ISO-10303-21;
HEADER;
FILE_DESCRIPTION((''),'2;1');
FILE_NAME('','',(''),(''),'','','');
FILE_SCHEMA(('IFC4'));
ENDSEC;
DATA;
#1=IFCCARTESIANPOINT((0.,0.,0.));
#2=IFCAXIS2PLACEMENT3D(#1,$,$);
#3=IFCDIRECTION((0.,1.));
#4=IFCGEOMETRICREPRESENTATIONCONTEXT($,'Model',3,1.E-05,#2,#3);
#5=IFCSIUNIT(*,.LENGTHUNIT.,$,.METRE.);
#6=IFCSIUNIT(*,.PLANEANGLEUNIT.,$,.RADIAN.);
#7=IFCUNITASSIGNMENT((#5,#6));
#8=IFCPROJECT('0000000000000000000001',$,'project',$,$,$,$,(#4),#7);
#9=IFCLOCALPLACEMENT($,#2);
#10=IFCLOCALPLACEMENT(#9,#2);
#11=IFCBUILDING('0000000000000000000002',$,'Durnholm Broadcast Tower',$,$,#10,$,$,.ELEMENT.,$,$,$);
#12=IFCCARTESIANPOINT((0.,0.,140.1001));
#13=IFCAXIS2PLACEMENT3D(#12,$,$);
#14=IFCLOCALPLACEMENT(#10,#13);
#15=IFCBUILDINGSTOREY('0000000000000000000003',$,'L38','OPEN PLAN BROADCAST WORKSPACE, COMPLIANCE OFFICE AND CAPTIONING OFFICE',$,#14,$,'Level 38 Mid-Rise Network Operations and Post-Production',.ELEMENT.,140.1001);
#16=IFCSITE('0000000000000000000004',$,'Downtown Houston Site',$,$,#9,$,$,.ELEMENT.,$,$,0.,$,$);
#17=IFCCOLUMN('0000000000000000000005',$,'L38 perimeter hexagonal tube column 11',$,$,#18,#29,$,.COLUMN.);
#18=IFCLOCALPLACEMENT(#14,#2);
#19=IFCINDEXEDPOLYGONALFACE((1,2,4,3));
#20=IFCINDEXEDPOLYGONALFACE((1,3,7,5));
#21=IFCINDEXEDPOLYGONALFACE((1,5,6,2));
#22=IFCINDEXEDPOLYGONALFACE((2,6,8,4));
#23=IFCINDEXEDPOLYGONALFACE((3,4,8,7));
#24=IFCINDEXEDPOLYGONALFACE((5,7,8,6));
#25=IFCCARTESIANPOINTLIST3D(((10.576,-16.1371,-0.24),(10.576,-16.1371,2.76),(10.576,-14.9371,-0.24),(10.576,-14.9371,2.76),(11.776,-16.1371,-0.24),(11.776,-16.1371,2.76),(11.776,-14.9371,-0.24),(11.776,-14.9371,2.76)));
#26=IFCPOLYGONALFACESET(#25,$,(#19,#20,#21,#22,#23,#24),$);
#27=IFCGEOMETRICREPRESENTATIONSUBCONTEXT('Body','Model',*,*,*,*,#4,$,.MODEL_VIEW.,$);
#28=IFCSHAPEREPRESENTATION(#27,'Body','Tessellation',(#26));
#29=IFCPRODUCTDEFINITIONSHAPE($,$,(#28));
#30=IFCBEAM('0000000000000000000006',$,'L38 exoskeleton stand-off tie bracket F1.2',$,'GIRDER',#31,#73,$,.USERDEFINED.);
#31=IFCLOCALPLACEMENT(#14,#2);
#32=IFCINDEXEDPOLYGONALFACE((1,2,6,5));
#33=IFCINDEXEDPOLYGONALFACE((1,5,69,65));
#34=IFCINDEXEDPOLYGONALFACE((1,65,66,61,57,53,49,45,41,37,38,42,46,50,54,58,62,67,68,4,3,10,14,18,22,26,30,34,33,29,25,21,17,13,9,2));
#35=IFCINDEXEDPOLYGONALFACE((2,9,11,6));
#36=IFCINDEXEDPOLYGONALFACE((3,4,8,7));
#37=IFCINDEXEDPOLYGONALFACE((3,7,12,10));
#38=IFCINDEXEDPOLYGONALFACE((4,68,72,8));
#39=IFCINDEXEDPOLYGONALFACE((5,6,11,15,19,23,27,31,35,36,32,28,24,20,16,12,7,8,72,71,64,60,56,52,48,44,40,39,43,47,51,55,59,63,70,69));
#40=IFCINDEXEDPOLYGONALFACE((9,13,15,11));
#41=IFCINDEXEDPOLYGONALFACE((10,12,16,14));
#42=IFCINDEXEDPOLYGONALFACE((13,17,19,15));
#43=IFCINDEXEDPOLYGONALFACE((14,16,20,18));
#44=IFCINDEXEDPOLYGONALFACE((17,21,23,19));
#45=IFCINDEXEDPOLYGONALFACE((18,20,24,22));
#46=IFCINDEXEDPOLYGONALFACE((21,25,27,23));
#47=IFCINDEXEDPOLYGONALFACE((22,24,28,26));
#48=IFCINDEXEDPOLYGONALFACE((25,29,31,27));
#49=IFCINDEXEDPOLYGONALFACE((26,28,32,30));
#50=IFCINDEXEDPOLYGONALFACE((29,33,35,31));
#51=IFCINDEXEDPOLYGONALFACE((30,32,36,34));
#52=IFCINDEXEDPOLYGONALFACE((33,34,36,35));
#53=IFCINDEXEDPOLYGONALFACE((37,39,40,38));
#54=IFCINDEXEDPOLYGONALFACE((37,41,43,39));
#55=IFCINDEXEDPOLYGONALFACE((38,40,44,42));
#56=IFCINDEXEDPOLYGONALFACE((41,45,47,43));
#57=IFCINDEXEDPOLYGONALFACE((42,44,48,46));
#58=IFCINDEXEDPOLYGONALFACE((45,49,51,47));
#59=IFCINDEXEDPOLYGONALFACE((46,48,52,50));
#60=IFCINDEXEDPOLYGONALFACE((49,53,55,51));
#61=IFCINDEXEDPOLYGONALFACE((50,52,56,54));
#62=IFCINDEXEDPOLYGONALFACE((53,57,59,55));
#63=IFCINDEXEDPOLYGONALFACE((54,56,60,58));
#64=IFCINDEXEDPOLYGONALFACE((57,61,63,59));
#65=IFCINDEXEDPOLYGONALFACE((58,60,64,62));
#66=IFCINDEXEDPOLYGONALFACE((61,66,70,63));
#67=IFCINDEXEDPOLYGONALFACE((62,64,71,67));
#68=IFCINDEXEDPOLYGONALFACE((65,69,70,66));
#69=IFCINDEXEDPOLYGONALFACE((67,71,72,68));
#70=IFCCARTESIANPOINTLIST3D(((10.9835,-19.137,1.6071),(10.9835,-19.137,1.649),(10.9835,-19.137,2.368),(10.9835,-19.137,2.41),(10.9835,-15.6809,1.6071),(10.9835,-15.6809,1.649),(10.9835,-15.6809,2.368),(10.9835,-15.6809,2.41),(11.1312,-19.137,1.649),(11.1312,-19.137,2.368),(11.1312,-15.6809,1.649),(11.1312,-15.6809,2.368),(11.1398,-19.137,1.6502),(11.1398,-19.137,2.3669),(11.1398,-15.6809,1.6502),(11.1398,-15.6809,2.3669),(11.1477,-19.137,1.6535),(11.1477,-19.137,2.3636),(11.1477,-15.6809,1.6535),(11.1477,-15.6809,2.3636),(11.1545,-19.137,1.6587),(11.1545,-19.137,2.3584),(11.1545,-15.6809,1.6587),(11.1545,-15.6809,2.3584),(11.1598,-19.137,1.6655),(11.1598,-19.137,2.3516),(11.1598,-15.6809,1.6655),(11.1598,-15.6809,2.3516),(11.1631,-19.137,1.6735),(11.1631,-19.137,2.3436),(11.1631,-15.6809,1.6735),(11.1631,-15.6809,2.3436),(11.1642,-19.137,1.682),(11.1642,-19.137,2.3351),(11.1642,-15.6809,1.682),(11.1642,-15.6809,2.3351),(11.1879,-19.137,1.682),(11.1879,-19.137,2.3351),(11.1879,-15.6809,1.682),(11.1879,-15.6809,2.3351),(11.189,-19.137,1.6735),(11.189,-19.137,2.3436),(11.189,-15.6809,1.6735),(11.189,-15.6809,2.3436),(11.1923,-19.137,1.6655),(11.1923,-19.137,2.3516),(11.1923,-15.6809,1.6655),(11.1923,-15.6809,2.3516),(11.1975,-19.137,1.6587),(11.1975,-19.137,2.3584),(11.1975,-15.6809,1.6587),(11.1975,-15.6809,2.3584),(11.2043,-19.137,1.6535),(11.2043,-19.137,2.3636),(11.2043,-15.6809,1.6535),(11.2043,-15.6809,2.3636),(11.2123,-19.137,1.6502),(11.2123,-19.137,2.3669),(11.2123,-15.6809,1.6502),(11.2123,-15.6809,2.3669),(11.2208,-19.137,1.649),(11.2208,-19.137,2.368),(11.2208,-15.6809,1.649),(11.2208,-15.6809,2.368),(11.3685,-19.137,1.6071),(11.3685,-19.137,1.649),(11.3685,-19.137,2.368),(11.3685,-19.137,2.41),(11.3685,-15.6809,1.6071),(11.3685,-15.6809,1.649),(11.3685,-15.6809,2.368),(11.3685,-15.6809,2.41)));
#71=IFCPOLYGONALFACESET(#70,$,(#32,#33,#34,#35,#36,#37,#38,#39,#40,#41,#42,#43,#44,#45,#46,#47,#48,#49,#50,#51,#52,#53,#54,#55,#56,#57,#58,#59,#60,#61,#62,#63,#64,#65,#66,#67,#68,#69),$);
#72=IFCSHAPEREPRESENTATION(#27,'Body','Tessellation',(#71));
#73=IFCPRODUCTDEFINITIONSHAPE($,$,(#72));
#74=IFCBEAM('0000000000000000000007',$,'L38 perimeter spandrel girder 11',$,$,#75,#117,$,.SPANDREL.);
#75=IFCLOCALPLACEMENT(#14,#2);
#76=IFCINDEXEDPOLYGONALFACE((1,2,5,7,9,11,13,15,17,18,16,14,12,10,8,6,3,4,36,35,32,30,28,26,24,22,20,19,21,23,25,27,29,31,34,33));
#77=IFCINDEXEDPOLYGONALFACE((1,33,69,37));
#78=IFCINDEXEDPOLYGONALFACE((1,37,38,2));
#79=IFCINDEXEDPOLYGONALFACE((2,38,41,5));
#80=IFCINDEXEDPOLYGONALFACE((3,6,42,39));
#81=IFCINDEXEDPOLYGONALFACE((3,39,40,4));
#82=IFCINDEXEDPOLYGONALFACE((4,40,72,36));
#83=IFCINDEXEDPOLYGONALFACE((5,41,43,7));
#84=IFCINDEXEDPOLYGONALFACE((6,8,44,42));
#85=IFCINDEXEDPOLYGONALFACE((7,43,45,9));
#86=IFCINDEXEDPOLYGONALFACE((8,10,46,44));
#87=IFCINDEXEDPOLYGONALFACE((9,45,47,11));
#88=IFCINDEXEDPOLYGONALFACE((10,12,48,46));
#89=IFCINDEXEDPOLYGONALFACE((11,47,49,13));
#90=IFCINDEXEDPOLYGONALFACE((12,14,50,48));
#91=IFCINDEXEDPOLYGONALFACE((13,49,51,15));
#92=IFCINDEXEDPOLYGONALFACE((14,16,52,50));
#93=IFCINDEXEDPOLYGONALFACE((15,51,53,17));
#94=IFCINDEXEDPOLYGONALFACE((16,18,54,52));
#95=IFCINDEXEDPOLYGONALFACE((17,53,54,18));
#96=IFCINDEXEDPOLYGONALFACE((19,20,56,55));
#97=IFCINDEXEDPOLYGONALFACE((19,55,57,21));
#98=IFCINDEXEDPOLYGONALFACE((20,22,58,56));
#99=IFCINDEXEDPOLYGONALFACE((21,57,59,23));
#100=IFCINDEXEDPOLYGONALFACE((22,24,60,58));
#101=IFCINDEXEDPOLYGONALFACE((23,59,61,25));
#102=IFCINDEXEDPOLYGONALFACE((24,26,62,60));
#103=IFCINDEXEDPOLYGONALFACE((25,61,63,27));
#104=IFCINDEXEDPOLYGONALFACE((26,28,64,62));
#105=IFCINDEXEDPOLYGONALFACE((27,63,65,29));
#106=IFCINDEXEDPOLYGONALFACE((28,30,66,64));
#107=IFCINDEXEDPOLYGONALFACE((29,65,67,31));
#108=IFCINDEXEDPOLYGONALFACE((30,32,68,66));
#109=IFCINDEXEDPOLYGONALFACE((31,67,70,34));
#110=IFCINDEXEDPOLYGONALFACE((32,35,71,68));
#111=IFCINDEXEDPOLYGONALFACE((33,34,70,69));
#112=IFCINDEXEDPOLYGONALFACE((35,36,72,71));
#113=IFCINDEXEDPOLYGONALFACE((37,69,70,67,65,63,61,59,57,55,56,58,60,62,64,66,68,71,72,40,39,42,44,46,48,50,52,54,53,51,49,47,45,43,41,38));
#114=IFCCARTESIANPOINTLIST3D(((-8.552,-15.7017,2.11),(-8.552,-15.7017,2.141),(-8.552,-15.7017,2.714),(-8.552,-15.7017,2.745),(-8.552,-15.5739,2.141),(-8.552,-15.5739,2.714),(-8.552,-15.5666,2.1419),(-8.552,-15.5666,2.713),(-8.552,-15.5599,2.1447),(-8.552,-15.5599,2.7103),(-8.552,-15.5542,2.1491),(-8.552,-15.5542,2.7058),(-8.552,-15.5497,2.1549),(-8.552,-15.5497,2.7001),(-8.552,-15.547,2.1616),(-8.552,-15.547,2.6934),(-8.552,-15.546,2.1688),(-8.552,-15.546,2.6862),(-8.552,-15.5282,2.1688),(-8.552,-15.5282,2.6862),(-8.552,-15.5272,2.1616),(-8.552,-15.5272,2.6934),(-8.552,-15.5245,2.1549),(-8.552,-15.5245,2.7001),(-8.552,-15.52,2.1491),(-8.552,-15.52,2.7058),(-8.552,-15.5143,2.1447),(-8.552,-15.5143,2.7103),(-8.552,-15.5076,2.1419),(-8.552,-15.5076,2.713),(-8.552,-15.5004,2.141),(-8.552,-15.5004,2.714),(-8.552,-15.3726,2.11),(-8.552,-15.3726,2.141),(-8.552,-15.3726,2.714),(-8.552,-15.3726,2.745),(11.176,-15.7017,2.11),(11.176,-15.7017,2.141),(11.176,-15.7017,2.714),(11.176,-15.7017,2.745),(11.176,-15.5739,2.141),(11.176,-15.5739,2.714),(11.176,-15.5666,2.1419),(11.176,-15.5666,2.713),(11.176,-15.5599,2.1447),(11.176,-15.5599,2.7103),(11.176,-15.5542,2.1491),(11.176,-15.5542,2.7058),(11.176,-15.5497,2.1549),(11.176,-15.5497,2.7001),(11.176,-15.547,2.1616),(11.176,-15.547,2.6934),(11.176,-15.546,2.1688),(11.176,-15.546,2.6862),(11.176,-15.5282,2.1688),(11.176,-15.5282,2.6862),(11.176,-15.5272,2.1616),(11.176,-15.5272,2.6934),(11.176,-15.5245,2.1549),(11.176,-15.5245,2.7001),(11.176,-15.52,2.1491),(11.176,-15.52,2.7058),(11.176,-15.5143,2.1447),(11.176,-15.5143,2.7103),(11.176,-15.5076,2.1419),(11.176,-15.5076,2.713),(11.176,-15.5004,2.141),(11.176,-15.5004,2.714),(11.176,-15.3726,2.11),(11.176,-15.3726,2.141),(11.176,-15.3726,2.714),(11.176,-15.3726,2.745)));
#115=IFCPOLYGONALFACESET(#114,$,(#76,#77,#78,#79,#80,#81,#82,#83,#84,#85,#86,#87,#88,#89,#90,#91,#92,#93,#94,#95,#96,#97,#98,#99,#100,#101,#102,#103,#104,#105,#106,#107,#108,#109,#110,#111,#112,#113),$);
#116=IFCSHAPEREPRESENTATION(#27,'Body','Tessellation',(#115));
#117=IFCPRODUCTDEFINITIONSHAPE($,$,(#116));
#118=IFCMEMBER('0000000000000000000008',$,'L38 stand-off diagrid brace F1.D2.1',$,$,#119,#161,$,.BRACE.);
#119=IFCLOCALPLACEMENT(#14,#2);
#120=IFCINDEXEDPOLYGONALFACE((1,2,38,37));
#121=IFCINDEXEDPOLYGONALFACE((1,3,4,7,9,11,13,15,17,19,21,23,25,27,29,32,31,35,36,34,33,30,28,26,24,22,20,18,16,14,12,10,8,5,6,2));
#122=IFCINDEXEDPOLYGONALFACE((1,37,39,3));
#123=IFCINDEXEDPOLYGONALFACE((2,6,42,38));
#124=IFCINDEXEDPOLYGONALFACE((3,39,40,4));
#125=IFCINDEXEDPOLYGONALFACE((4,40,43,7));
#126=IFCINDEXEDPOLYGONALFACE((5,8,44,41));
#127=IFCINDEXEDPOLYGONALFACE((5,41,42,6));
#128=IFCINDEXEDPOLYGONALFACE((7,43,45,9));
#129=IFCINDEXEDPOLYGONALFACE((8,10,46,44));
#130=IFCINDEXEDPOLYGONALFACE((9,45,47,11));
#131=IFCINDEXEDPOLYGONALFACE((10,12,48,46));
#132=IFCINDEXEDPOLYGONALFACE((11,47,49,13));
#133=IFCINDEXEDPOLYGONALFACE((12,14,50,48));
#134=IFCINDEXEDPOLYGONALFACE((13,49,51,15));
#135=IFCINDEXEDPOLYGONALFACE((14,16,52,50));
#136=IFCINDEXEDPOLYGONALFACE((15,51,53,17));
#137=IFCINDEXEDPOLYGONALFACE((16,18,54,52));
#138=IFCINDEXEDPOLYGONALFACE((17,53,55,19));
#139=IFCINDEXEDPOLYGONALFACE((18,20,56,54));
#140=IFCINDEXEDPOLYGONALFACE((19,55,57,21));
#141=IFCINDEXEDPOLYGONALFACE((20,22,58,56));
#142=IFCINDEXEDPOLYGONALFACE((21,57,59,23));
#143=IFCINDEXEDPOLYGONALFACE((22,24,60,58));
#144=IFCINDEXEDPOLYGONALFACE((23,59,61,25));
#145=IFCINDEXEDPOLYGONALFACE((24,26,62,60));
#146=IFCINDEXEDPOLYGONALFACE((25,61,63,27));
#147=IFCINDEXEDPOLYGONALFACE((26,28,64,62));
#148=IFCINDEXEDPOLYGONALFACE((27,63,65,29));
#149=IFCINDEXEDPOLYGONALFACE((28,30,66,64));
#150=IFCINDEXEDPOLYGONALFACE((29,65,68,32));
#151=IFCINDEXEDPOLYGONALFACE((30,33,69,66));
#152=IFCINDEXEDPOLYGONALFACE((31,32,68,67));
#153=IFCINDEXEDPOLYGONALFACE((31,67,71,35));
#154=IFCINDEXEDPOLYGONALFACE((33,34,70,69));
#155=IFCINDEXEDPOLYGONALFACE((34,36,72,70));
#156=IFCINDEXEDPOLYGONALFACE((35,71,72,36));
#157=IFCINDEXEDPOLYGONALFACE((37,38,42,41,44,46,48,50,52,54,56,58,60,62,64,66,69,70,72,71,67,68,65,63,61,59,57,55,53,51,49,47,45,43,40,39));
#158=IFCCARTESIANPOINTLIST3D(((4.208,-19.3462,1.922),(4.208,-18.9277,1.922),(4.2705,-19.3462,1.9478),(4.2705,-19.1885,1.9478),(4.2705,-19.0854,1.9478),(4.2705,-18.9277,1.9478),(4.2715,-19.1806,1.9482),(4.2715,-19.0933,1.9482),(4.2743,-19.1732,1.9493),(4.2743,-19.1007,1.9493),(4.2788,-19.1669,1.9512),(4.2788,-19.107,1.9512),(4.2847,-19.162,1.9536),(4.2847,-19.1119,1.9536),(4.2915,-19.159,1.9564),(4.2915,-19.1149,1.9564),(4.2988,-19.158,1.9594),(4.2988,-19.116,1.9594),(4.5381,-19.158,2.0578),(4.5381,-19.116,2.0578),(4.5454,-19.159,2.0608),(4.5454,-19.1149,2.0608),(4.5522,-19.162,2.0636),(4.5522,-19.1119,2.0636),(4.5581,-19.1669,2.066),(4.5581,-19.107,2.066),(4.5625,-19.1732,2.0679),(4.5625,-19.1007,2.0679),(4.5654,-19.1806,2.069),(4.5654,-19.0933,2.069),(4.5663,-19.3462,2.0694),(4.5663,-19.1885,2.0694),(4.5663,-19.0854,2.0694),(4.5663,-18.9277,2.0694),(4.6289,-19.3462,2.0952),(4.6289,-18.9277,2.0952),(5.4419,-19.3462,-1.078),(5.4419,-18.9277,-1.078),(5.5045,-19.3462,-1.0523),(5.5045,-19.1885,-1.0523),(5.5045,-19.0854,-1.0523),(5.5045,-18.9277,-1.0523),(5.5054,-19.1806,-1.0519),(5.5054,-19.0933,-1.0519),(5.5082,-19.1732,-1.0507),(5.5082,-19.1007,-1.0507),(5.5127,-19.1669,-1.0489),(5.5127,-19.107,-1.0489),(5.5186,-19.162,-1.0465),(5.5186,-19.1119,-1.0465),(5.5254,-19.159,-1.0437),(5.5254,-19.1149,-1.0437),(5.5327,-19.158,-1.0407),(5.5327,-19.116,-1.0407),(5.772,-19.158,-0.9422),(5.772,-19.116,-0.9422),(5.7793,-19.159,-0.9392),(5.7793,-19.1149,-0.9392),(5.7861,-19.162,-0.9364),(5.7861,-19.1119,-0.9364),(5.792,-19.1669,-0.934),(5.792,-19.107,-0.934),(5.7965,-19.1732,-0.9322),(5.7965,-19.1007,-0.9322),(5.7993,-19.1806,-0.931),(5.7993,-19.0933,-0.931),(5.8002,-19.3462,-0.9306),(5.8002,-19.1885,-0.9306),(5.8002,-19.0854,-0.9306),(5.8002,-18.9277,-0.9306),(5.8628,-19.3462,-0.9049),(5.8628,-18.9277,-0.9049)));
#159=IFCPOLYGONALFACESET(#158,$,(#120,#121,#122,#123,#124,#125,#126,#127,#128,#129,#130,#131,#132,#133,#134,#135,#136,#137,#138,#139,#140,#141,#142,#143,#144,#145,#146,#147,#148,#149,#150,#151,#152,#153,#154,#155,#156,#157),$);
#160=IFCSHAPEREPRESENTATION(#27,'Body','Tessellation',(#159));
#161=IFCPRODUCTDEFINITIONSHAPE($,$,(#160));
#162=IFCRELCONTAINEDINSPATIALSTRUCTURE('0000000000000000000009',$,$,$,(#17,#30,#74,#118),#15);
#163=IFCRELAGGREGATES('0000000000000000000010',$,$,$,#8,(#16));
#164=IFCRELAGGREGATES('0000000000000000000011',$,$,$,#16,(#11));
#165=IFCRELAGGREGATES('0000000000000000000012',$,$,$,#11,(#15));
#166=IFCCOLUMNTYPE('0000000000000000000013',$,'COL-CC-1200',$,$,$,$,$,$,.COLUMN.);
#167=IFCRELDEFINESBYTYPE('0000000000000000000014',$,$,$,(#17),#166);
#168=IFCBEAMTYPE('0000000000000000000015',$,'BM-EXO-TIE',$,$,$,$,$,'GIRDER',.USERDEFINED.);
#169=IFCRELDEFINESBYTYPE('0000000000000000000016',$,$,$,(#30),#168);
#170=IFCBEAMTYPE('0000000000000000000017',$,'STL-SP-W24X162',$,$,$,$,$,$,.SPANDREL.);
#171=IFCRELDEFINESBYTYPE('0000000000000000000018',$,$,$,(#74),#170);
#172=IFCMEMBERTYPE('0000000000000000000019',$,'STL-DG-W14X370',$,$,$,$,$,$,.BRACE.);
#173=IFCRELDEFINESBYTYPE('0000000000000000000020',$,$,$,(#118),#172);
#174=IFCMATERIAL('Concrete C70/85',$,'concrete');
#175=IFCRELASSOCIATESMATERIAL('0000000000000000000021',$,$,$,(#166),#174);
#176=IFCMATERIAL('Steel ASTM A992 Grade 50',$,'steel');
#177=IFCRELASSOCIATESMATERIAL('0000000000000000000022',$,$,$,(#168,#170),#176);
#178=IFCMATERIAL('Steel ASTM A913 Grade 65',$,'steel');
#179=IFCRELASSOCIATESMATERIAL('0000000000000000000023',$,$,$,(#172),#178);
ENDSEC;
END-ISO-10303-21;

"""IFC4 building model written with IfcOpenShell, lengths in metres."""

from ifc_helpers import new_model, si_unit, direction, frame, origin, origin_2d, place, context, subcontext, project, spatial, rectangle, i_section, extrude, source, transform, mapped, material, material_profile, profile_set, type_object, type_shapes, element, save


model = new_model("IFC4")

# Units and contexts
model_context = context("Model", 3, precision=1e-05, world=origin(), true_north=direction((0.0, 1.0)))
body_context = subcontext(model_context, "Body", "Model", "MODEL_VIEW")
ifc_project = project(units=[si_unit("LENGTHUNIT", "METRE"), si_unit("PLANEANGLEUNIT", "RADIAN")], contexts=[model_context])

# Site, building, storey
site_placement = place(None, origin())
site = spatial("IfcSite", under=ifc_project, at=site_placement, Name="Downtown Houston Site", CompositionType="ELEMENT", RefElevation=0.0)
building_placement = place(site_placement, origin())
building = spatial("IfcBuilding", under=site, at=building_placement, Name="Durnholm Broadcast Tower", CompositionType="ELEMENT")
storey_placement = place(building_placement, frame((0.0, 0.0, 140.1001)))
storey = spatial("IfcBuildingStorey", under=building, at=storey_placement, Name="L38", Description="OPEN PLAN BROADCAST WORKSPACE, COMPLIANCE OFFICE AND CAPTIONING OFFICE", LongName="Level 38 Mid-Rise Network Operations and Post-Production", CompositionType="ELEMENT", Elevation=140.1001)

# Column
ifc_material_1 = material(Name="Concrete C70/85", Category="concrete")
ifc_material_profile_1 = material_profile(ifc_material_1, rectangle(XDim=1.2, YDim=1.2, at=origin_2d()), Name="RC1200X1200")
ifc_profile_set_1 = profile_set([ifc_material_profile_1], Name="Concrete C70/85")
column_type = type_object("IfcColumnType", Name="COL-CC-1200", PredefinedType="COLUMN", material=ifc_profile_set_1)
shared_shape_1 = source(origin(), body_context, "Body", "SweptSolid", [
    extrude(rectangle(XDim=1.2, YDim=1.2, at=origin_2d()), origin(), (0.0, 0.0, 1.0), 3.0),
])
type_shapes(column_type, [shared_shape_1])
column_placement = place(storey_placement, frame((11.176, -15.5371, -0.24), z_axis=(0.0, 0.0, 1.0), x_axis=(1.0, 0.0, 0.0)))
element("IfcColumn", 1, at=column_placement, inside=storey, type_object=column_type, Name="L38 perimeter hexagonal tube column 11", PredefinedType="COLUMN", context=body_context, shape_type="MappedRepresentation", body=[
    mapped(shared_shape_1, transform((0.0, 0.0, 0.0), x_axis=(1.0, 0.0, 0.0), y_axis=(0.0, 1.0, 0.0), z_axis=(0.0, 0.0, 1.0), scale=1.0)),
])

# Beams
ifc_material_2 = material(Name="Steel ASTM A992 Grade 50", Category="steel")
ifc_material_profile_2 = material_profile(ifc_material_2, i_section(OverallWidth=0.385, OverallDepth=0.803, WebThickness=0.0237, FlangeThickness=0.042, FilletRadius=0.033, at=origin_2d()), Name="W30X261")
ifc_profile_set_2 = profile_set([ifc_material_profile_2], Name="Steel ASTM A992 Grade 50")
beam_type_1 = type_object("IfcBeamType", Name="BM-EXO-TIE", ElementType="GIRDER", PredefinedType="USERDEFINED", material=ifc_profile_set_2)
shared_shape_2 = source(origin(), body_context, "Body", "SweptSolid", [
    extrude(i_section(OverallWidth=0.385, OverallDepth=0.803, WebThickness=0.0237, FlangeThickness=0.042, FilletRadius=0.033, at=origin_2d()), origin(), (0.0, 0.0, 1.0), 3.4561),
])
type_shapes(beam_type_1, [shared_shape_2])
beam_1_placement = place(storey_placement, frame((11.176, -15.6809, 2.0085), z_axis=(0.0, -1.0, 0.0), x_axis=(1.0, 0.0, 0.0)))
element("IfcBeam", 2, at=beam_1_placement, inside=storey, type_object=beam_type_1, Name="L38 exoskeleton stand-off tie bracket F1.2", ObjectType="GIRDER", PredefinedType="USERDEFINED", context=body_context, shape_type="MappedRepresentation", body=[
    mapped(shared_shape_2, transform((0.0, 0.0, 0.0), x_axis=(1.0, 0.0, 0.0), y_axis=(0.0, 1.0, 0.0), z_axis=(0.0, 0.0, 1.0), scale=1.0)),
])
ifc_material_profile_3 = material_profile(ifc_material_2, i_section(OverallWidth=0.3291, OverallDepth=0.635, WebThickness=0.0178, FlangeThickness=0.031, FilletRadius=0.0278, at=origin_2d()), Name="W24X162")
ifc_profile_set_3 = profile_set([ifc_material_profile_3], Name="Steel ASTM A992 Grade 50")
beam_type_2 = type_object("IfcBeamType", Name="STL-SP-W24X162", PredefinedType="SPANDREL", material=ifc_profile_set_3)
shared_shape_3 = source(origin(), body_context, "Body", "SweptSolid", [
    extrude(i_section(OverallWidth=0.3291, OverallDepth=0.635, WebThickness=0.0178, FlangeThickness=0.031, FilletRadius=0.0278, at=origin_2d()), origin(), (0.0, 0.0, 1.0), 19.728),
])
type_shapes(beam_type_2, [shared_shape_3])
beam_2_placement = place(storey_placement, frame((11.176, -15.5371, 2.4275), z_axis=(-1.0, 0.0, 0.0), x_axis=(0.0, -1.0, 0.0)))
element("IfcBeam", 3, at=beam_2_placement, inside=storey, type_object=beam_type_2, Name="L38 perimeter spandrel girder 11", PredefinedType="SPANDREL", context=body_context, shape_type="MappedRepresentation", body=[
    mapped(shared_shape_3, transform((0.0, 0.0, 0.0), x_axis=(1.0, 0.0, 0.0), y_axis=(0.0, 1.0, 0.0), z_axis=(0.0, 0.0, 1.0), scale=1.0)),
])

# Member
ifc_material_3 = material(Name="Steel ASTM A913 Grade 65", Category="steel")
ifc_material_profile_4 = material_profile(ifc_material_3, i_section(OverallWidth=0.4185, OverallDepth=0.4551, WebThickness=0.042, FlangeThickness=0.0676, FilletRadius=0.0305, at=origin_2d()), Name="W14X370")
ifc_profile_set_4 = profile_set([ifc_material_profile_4], Name="Steel ASTM A913 Grade 65")
member_type_1 = type_object("IfcMemberType", Name="STL-DG-W14X370", PredefinedType="BRACE", material=ifc_profile_set_4)
shared_shape_4 = source(origin(), body_context, "Body", "SweptSolid", [
    extrude(i_section(OverallWidth=0.4185, OverallDepth=0.4551, WebThickness=0.042, FlangeThickness=0.0676, FilletRadius=0.0305, at=origin_2d()), origin(), (0.0, 0.0, 1.0), 3.2439),
])
member_1_placement = place(storey_placement, frame((5.6523, -19.137, -0.9915), z_axis=(-0.380379, 0.0, 0.924831), x_axis=(0.0, -1.0, 0.0)))
element("IfcMember", 4, at=member_1_placement, inside=storey, type_object=member_type_1, Name="L38 stand-off diagrid brace F1.D2.1", PredefinedType="BRACE", context=body_context, shape_type="MappedRepresentation", body=[
    mapped(shared_shape_4, transform((0.0, 0.0, 0.0), x_axis=(1.0, 0.0, 0.0), y_axis=(0.0, 1.0, 0.0), z_axis=(0.0, 0.0, 1.0), scale=1.0)),
])

save(model, "model.ifc")
